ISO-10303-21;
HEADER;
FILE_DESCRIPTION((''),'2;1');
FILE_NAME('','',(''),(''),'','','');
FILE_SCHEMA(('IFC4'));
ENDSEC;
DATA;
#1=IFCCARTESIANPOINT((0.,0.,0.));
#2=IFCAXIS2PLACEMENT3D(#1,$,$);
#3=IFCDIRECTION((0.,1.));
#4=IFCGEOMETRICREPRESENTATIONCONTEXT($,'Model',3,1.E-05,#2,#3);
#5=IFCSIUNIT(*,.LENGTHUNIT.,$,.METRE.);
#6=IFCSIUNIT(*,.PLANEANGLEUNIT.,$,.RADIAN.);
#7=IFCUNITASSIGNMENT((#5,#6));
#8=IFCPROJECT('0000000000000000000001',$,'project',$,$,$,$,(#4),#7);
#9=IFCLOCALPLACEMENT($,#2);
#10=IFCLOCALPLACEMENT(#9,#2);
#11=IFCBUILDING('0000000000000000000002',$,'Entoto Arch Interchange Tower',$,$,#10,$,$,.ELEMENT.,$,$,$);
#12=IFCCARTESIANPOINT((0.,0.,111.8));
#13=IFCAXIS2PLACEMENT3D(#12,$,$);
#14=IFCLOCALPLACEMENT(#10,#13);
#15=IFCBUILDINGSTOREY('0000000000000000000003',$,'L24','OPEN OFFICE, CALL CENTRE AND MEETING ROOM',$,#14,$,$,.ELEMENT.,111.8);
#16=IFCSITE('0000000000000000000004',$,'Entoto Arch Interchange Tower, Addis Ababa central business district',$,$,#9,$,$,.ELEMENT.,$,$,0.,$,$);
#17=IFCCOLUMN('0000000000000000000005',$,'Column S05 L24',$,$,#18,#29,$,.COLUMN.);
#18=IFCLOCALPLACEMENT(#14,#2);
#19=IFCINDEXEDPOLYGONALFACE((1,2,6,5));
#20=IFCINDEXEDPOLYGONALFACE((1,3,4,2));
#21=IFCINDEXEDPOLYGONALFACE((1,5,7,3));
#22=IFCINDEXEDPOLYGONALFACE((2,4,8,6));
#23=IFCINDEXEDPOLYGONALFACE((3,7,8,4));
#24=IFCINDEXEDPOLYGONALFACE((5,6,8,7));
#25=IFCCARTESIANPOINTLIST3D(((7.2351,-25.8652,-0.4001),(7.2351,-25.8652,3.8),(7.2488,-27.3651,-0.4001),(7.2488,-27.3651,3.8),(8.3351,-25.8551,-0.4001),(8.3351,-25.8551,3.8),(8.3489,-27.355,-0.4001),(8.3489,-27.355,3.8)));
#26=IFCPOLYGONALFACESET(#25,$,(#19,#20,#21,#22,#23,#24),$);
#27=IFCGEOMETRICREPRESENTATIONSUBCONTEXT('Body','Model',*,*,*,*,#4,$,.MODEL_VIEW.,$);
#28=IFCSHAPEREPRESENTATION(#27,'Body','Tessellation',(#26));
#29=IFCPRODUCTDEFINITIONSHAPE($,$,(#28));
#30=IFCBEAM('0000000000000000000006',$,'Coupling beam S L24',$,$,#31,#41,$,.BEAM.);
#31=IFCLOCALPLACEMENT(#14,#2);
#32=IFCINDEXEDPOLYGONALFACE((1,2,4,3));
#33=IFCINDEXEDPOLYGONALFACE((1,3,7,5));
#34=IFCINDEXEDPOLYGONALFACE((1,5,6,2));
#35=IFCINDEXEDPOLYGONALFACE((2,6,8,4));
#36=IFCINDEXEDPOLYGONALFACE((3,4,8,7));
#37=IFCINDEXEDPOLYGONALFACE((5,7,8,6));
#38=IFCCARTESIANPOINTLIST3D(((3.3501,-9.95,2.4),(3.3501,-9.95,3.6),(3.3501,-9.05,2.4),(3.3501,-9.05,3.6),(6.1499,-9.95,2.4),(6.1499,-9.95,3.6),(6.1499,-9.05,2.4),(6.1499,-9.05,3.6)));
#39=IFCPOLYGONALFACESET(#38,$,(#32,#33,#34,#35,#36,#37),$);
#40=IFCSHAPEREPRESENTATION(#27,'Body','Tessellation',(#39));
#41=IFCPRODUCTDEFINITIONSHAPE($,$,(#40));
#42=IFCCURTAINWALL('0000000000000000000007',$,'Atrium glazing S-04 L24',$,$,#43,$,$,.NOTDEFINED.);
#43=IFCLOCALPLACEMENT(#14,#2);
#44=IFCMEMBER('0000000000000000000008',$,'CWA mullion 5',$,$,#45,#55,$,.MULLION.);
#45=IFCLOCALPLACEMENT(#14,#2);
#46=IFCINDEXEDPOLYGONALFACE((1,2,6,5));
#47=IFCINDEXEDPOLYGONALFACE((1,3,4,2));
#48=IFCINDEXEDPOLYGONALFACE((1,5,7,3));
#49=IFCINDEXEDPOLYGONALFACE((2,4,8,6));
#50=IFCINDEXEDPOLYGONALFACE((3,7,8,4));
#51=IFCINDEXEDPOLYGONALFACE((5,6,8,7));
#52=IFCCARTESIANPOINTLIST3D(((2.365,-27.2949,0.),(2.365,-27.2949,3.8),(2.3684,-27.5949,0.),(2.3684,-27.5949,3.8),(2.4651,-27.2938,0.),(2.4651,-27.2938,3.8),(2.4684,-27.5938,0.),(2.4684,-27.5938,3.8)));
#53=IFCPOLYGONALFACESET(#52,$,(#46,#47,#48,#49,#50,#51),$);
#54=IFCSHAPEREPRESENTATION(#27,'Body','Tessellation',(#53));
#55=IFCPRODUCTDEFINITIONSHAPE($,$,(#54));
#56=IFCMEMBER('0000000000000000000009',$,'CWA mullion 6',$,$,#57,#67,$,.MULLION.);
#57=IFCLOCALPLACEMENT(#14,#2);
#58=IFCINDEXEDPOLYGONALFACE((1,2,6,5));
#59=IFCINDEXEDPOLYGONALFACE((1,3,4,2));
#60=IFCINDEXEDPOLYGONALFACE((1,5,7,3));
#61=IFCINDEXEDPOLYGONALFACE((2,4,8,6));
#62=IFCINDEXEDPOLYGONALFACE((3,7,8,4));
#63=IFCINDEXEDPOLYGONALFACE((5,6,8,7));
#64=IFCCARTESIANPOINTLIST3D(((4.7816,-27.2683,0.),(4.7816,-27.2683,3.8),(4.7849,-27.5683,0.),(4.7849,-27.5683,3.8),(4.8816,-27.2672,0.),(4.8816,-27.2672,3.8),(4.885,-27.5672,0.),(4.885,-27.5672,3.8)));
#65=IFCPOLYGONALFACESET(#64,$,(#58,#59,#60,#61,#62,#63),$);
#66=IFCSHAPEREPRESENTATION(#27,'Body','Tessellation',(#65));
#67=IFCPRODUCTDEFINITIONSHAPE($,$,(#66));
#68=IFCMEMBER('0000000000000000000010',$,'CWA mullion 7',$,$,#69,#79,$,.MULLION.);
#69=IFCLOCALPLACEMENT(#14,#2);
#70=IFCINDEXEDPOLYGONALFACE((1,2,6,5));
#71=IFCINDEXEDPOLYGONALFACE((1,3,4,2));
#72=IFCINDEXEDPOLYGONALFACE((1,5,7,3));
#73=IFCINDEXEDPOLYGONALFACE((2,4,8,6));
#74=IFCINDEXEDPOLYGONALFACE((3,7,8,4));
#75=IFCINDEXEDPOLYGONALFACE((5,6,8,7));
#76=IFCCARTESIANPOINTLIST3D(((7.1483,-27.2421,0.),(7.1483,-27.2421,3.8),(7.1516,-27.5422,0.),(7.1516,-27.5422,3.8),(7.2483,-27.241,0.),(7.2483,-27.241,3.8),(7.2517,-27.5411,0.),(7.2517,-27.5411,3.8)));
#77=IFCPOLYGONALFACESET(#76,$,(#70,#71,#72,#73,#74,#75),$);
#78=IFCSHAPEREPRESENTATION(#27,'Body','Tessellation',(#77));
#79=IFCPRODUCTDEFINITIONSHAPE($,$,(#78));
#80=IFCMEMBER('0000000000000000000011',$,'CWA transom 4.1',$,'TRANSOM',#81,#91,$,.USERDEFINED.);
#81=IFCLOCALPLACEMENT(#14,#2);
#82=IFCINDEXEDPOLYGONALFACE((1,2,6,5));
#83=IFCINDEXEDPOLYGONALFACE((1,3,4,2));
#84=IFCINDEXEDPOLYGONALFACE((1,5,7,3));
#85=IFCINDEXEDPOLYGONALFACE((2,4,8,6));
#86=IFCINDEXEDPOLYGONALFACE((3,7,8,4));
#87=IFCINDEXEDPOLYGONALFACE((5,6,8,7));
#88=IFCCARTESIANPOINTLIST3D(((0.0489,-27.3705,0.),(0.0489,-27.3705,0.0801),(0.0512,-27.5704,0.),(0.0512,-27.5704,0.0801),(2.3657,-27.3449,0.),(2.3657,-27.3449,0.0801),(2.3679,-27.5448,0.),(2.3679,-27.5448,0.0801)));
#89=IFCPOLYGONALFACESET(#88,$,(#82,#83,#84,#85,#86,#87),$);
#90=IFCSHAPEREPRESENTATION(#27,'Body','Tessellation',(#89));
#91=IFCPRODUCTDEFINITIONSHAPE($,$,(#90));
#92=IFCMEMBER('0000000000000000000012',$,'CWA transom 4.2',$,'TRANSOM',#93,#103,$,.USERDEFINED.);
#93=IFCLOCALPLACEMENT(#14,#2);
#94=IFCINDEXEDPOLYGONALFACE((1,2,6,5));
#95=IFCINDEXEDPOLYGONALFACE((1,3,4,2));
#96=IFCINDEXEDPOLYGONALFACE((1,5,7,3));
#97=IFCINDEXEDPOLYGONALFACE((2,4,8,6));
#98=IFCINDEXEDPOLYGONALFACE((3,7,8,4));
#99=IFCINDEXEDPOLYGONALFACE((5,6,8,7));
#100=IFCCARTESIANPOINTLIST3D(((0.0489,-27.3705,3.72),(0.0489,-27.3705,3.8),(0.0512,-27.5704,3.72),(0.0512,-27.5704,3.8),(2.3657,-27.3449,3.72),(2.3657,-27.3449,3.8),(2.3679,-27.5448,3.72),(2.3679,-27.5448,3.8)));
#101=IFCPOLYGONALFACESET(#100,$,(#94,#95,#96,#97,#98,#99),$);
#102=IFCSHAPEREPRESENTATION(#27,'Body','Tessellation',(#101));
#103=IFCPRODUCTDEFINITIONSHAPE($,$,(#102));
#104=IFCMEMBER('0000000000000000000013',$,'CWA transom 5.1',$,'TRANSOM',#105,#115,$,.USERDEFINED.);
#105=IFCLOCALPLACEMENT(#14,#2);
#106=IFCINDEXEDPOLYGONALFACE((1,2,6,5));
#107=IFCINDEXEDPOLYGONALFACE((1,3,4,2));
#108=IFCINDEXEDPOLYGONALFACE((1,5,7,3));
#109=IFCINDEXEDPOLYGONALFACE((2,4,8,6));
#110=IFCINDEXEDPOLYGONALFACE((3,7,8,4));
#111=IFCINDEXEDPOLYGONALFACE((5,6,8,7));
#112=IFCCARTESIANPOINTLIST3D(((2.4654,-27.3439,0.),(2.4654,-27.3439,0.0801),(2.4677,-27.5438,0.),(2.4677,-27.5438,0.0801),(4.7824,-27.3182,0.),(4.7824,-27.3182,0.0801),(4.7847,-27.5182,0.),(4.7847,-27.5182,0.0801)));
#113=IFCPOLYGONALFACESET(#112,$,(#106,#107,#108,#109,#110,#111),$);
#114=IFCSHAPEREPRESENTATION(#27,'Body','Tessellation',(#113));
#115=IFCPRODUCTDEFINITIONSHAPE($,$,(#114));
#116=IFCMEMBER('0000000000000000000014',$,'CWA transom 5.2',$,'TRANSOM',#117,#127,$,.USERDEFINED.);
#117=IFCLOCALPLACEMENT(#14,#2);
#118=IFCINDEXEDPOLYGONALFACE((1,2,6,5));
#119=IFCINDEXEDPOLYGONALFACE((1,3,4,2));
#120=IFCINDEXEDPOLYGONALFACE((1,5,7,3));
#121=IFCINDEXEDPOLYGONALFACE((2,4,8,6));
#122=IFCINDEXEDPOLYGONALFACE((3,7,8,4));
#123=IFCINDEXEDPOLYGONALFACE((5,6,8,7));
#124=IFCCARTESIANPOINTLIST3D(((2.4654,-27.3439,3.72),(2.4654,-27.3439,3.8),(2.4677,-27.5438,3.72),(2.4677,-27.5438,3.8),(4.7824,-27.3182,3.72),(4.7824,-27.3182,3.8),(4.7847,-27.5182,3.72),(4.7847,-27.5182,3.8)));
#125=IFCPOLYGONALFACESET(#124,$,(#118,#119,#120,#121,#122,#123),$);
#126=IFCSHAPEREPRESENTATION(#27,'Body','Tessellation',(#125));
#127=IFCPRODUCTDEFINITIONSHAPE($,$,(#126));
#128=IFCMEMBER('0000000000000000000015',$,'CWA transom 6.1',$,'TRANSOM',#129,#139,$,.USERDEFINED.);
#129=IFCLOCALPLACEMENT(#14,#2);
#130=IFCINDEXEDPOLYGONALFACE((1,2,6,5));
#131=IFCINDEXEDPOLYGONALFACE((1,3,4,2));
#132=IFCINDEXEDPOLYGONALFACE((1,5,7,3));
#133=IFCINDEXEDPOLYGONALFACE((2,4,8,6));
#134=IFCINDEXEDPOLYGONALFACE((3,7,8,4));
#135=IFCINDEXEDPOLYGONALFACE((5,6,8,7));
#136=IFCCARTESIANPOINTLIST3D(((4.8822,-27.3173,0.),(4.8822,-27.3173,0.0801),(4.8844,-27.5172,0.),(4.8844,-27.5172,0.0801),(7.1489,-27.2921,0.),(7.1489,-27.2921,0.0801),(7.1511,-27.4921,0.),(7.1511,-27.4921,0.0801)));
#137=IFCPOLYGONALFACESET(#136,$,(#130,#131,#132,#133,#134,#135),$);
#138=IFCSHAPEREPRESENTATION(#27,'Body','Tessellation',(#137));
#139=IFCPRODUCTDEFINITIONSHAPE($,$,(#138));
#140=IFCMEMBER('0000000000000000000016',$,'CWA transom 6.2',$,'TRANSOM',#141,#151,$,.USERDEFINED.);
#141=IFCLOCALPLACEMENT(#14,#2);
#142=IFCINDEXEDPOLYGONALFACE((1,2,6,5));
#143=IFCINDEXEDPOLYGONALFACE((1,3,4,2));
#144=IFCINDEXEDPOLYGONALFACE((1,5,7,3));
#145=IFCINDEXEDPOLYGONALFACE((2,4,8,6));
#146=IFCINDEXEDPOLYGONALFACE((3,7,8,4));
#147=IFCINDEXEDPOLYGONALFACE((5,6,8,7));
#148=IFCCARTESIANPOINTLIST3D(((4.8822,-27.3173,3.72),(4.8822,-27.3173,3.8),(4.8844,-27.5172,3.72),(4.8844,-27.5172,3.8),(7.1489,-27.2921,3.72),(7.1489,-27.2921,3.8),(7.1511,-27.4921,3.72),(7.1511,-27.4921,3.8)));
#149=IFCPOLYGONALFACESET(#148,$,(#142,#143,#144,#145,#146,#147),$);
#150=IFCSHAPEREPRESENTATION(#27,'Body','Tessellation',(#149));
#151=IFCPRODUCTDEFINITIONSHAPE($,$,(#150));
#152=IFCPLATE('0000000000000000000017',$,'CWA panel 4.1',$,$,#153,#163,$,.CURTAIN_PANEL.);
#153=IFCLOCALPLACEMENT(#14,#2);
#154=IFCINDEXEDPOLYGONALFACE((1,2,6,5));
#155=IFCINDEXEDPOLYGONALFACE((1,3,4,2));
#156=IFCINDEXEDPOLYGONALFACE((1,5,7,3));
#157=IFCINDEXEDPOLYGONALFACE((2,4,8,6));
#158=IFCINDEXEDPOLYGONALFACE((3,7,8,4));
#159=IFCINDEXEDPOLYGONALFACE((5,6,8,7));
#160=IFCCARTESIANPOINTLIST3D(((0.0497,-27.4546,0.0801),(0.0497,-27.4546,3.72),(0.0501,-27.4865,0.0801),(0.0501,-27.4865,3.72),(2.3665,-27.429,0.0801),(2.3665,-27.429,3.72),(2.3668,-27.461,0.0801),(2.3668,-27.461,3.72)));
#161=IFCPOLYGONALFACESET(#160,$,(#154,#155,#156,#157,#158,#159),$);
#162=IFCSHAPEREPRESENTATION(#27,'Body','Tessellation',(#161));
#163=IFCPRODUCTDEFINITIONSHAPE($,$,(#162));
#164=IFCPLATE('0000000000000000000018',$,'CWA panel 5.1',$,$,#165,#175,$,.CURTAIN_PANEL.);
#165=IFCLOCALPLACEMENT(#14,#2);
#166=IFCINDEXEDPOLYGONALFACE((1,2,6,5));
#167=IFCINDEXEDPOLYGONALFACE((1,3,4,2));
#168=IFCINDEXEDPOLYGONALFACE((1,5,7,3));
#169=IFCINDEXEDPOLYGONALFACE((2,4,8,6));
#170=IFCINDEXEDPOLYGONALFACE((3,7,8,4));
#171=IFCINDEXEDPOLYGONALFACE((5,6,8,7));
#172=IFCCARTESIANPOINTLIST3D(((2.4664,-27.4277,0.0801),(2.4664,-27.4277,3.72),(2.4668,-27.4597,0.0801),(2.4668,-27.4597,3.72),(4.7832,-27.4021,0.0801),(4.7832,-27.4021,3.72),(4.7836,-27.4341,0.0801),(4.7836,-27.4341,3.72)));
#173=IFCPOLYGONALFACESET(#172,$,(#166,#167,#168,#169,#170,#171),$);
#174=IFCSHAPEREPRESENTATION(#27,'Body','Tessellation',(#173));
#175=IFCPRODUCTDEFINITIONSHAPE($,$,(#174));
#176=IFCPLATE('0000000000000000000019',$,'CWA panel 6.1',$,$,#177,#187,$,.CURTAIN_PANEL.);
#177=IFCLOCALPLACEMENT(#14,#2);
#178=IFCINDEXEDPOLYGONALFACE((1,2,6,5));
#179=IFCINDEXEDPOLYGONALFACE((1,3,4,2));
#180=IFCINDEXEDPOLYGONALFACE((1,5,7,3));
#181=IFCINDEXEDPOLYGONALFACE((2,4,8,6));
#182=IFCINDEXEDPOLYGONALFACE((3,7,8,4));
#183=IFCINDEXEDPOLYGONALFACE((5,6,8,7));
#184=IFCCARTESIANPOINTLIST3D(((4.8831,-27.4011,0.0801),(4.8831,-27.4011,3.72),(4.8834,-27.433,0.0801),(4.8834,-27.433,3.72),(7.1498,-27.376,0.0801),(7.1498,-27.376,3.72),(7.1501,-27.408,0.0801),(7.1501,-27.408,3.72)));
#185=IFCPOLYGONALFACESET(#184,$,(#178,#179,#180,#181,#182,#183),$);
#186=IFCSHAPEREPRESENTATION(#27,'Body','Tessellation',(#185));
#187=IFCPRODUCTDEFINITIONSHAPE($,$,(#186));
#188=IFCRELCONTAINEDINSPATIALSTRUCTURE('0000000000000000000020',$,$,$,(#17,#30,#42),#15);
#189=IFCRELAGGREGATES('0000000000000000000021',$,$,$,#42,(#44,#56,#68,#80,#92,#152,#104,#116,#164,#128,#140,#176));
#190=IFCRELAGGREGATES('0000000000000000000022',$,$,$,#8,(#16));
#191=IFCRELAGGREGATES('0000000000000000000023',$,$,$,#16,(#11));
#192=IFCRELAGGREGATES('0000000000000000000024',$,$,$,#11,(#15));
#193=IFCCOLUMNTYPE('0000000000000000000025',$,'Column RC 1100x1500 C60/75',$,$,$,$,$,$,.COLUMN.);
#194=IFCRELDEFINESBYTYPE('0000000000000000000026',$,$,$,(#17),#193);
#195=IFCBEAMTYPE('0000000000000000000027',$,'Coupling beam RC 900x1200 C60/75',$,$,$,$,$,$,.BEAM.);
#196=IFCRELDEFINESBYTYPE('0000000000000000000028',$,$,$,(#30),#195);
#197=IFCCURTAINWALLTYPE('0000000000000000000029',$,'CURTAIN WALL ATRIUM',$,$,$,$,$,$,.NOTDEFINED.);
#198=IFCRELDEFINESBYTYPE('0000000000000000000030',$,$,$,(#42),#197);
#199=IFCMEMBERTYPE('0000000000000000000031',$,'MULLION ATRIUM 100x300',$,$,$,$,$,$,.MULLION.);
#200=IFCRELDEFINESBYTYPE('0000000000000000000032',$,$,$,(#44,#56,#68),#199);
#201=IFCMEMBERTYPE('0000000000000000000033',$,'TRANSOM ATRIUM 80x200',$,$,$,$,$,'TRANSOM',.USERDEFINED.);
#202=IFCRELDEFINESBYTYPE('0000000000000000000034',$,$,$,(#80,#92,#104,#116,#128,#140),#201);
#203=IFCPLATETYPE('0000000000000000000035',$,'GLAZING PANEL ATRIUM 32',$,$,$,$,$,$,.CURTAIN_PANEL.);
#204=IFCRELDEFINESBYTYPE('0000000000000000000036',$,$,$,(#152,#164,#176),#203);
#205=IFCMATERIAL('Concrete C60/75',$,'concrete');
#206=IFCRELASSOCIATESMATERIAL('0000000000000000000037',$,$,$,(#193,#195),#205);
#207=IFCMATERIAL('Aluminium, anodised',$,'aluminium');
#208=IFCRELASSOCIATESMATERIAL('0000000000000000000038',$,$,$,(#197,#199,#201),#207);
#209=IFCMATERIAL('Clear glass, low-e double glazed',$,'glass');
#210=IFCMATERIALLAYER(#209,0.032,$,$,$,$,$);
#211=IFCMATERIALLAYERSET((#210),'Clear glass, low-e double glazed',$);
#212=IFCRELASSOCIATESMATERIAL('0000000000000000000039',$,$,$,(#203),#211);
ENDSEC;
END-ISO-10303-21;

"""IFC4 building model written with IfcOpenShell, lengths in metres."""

from ifc_helpers import new_model, si_unit, direction, frame, origin, origin_2d, place, context, subcontext, project, spatial, rectangle, extrude, material, layer, layer_set, material_profile, profile_set, type_object, element, aggregate, save


model = new_model("IFC4")

# Units and contexts
model_context = context("Model", 3, precision=1e-05, world=origin(), true_north=direction((0.0, 1.0)))
body_context = subcontext(model_context, "Body", "Model", "MODEL_VIEW")
ifc_project = project(units=[si_unit("LENGTHUNIT", "METRE"), si_unit("PLANEANGLEUNIT", "RADIAN")], contexts=[model_context])

# Site, building, storey
site_placement = place(None, origin())
site = spatial("IfcSite", under=ifc_project, at=site_placement, Name="Entoto Arch Interchange Tower, Addis Ababa central business district", CompositionType="ELEMENT", RefElevation=0.0)
building_placement = place(site_placement, origin())
building = spatial("IfcBuilding", under=site, at=building_placement, Name="Entoto Arch Interchange Tower", CompositionType="ELEMENT")
storey_placement = place(building_placement, frame((0.0, 0.0, 111.8)))
storey = spatial("IfcBuildingStorey", under=building, at=storey_placement, Name="L24", Description="OPEN OFFICE, CALL CENTRE AND MEETING ROOM", CompositionType="ELEMENT", Elevation=111.8)

# Column
ifc_material_1 = material(Name="Concrete C60/75", Category="concrete")
ifc_material_profile_1 = material_profile(ifc_material_1, rectangle(XDim=1.1001, YDim=1.5, at=origin_2d()))
ifc_profile_set_1 = profile_set([ifc_material_profile_1], Name="Concrete C60/75")
column_type = type_object("IfcColumnType", Name="Column RC 1100x1500 C60/75", PredefinedType="COLUMN", material=ifc_profile_set_1)
column_placement = place(storey_placement, frame((7.792, -26.6101, -0.4001), z_axis=(0.0, 0.0, 1.0), x_axis=(0.999958, 0.009163, 0.0)))
element("IfcColumn", 1, at=column_placement, inside=storey, type_object=column_type, Name="Column S05 L24", PredefinedType="COLUMN", context=body_context, shape_type="SweptSolid", body=[
    extrude(rectangle(XDim=1.1001, YDim=1.5, at=origin_2d()), origin(), (0.0, 0.0, 1.0), 4.2002),
])

# Beam
ifc_material_profile_2 = material_profile(ifc_material_1, rectangle(XDim=0.8999, YDim=1.2, at=origin_2d()))
ifc_profile_set_2 = profile_set([ifc_material_profile_2], Name="Concrete C60/75")
beam_type = type_object("IfcBeamType", Name="Coupling beam RC 900x1200 C60/75", PredefinedType="BEAM", material=ifc_profile_set_2)
beam_placement = place(storey_placement, frame((3.3501, -9.5, 3.0), z_axis=(1.0, 0.0, 0.0), x_axis=(0.0, 1.0, 0.0)))
element("IfcBeam", 2, at=beam_placement, inside=storey, type_object=beam_type, Name="Coupling beam S L24", PredefinedType="BEAM", context=body_context, shape_type="SweptSolid", body=[
    extrude(rectangle(XDim=0.8999, YDim=1.2, at=origin_2d()), origin(), (0.0, 0.0, 1.0), 2.7998),
])

# Curtain wall, members, plates
ifc_material_2 = material(Name="Aluminium, anodised", Category="aluminium")
curtain_wall_type = type_object("IfcCurtainWallType", Name="CURTAIN WALL ATRIUM", PredefinedType="NOTDEFINED", material=ifc_material_2)
curtain_wall_placement = place(storey_placement, origin())
curtain_wall = element("IfcCurtainWall", 3, at=curtain_wall_placement, inside=storey, type_object=curtain_wall_type, Name="Atrium glazing S-04 L24", PredefinedType="NOTDEFINED")
ifc_material_profile_3 = material_profile(ifc_material_2, rectangle(XDim=0.3, YDim=0.1001, at=origin_2d()))
ifc_profile_set_3 = profile_set([ifc_material_profile_3], Name="Aluminium, anodised")
member_type_1 = type_object("IfcMemberType", Name="MULLION ATRIUM 100x300", PredefinedType="MULLION", material=ifc_profile_set_3)
member_1_placement = place(storey_placement, frame((2.4167, -27.4443, 0.0), z_axis=(0.0, 0.0, 1.0), x_axis=(-0.011034, 0.999939, 0.0)))
member_1 = element("IfcMember", 4, at=member_1_placement, type_object=member_type_1, Name="CWA mullion 5", PredefinedType="MULLION", context=body_context, shape_type="SweptSolid", body=[
    extrude(rectangle(XDim=0.3, YDim=0.1001, at=origin_2d()), origin(), (0.0, 0.0, 1.0), 3.8),
])
member_2_placement = place(storey_placement, frame((4.8333, -27.4177, 0.0), z_axis=(0.0, 0.0, 1.0), x_axis=(-0.011034, 0.999939, 0.0)))
member_2 = element("IfcMember", 5, at=member_2_placement, type_object=member_type_1, Name="CWA mullion 6", PredefinedType="MULLION", context=body_context, shape_type="SweptSolid", body=[
    extrude(rectangle(XDim=0.3, YDim=0.1001, at=origin_2d()), origin(), (0.0, 0.0, 1.0), 3.8),
])
member_3_placement = place(storey_placement, frame((7.2, -27.3916, 0.0), z_axis=(0.0, 0.0, 1.0), x_axis=(-0.011034, 0.999939, 0.0)))
member_3 = element("IfcMember", 6, at=member_3_placement, type_object=member_type_1, Name="CWA mullion 7", PredefinedType="MULLION", context=body_context, shape_type="SweptSolid", body=[
    extrude(rectangle(XDim=0.3, YDim=0.1001, at=origin_2d()), origin(), (0.0, 0.0, 1.0), 3.8),
])
ifc_material_profile_4 = material_profile(ifc_material_2, rectangle(XDim=0.2, YDim=0.0801, at=origin_2d()))
ifc_profile_set_4 = profile_set([ifc_material_profile_4], Name="Aluminium, anodised")
member_type_2 = type_object("IfcMemberType", Name="TRANSOM ATRIUM 80x200", ElementType="TRANSOM", PredefinedType="USERDEFINED", material=ifc_profile_set_4)
member_4_placement = place(storey_placement, frame((0.05, -27.4705, 0.04), z_axis=(0.999939, 0.011065, 0.0), x_axis=(-0.011065, 0.999939, 0.0)))
member_4 = element("IfcMember", 7, at=member_4_placement, type_object=member_type_2, Name="CWA transom 4.1", ObjectType="TRANSOM", PredefinedType="USERDEFINED", context=body_context, shape_type="SweptSolid", body=[
    extrude(rectangle(XDim=0.2, YDim=0.0801, at=origin_2d()), origin(), (0.0, 0.0, 1.0), 2.3169),
])
member_5_placement = place(storey_placement, frame((0.05, -27.4705, 3.76), z_axis=(0.999939, 0.011065, 0.0), x_axis=(-0.011065, 0.999939, 0.0)))
member_5 = element("IfcMember", 8, at=member_5_placement, type_object=member_type_2, Name="CWA transom 4.2", ObjectType="TRANSOM", PredefinedType="USERDEFINED", context=body_context, shape_type="SweptSolid", body=[
    extrude(rectangle(XDim=0.2, YDim=0.0801, at=origin_2d()), origin(), (0.0, 0.0, 1.0), 2.3169),
])
member_6_placement = place(storey_placement, frame((2.4666, -27.4438, 0.04), z_axis=(0.999939, 0.011064, 0.0), x_axis=(-0.011064, 0.999939, 0.0)))
member_6 = element("IfcMember", 9, at=member_6_placement, type_object=member_type_2, Name="CWA transom 5.1", ObjectType="TRANSOM", PredefinedType="USERDEFINED", context=body_context, shape_type="SweptSolid", body=[
    extrude(rectangle(XDim=0.2, YDim=0.0801, at=origin_2d()), origin(), (0.0, 0.0, 1.0), 2.3171),
])
member_7_placement = place(storey_placement, frame((2.4666, -27.4438, 3.76), z_axis=(0.999939, 0.011064, 0.0), x_axis=(-0.011064, 0.999939, 0.0)))
member_7 = element("IfcMember", 10, at=member_7_placement, type_object=member_type_2, Name="CWA transom 5.2", ObjectType="TRANSOM", PredefinedType="USERDEFINED", context=body_context, shape_type="SweptSolid", body=[
    extrude(rectangle(XDim=0.2, YDim=0.0801, at=origin_2d()), origin(), (0.0, 0.0, 1.0), 2.3171),
])
member_8_placement = place(storey_placement, frame((4.8833, -27.4172, 0.04), z_axis=(0.999938, 0.011094, 0.0), x_axis=(-0.011094, 0.999938, 0.0)))
member_8 = element("IfcMember", 11, at=member_8_placement, type_object=member_type_2, Name="CWA transom 6.1", ObjectType="TRANSOM", PredefinedType="USERDEFINED", context=body_context, shape_type="SweptSolid", body=[
    extrude(rectangle(XDim=0.2, YDim=0.0801, at=origin_2d()), origin(), (0.0, 0.0, 1.0), 2.2668),
])
member_9_placement = place(storey_placement, frame((4.8833, -27.4172, 3.76), z_axis=(0.999938, 0.011094, 0.0), x_axis=(-0.011094, 0.999938, 0.0)))
member_9 = element("IfcMember", 12, at=member_9_placement, type_object=member_type_2, Name="CWA transom 6.2", ObjectType="TRANSOM", PredefinedType="USERDEFINED", context=body_context, shape_type="SweptSolid", body=[
    extrude(rectangle(XDim=0.2, YDim=0.0801, at=origin_2d()), origin(), (0.0, 0.0, 1.0), 2.2668),
])
ifc_material_3 = material(Name="Clear glass, low-e double glazed", Category="glass")
ifc_layer_1 = layer(ifc_material_3, 0.032)
ifc_layer_set_1 = layer_set([ifc_layer_1], Name="Clear glass, low-e double glazed")
plate_type = type_object("IfcPlateType", Name="GLAZING PANEL ATRIUM 32", PredefinedType="CURTAIN_PANEL", material=ifc_layer_set_1)
plate_1_placement = place(storey_placement, frame((1.2083, -27.4578, 0.0801), z_axis=(0.0, 0.0, 1.0), x_axis=(0.999939, 0.011034, 0.0)))
plate_1 = element("IfcPlate", 13, at=plate_1_placement, type_object=plate_type, Name="CWA panel 4.1", PredefinedType="CURTAIN_PANEL", context=body_context, shape_type="SweptSolid", body=[
    extrude(rectangle(XDim=2.3169, YDim=0.032, at=origin_2d()), origin(), (0.0, 0.0, 1.0), 3.6399),
])
plate_2_placement = place(storey_placement, frame((3.625, -27.4309, 0.0801), z_axis=(0.0, 0.0, 1.0), x_axis=(0.999939, 0.011034, 0.0)))
plate_2 = element("IfcPlate", 14, at=plate_2_placement, type_object=plate_type, Name="CWA panel 5.1", PredefinedType="CURTAIN_PANEL", context=body_context, shape_type="SweptSolid", body=[
    extrude(rectangle(XDim=2.3169, YDim=0.032, at=origin_2d()), origin(), (0.0, 0.0, 1.0), 3.6399),
])
plate_3_placement = place(storey_placement, frame((6.0166, -27.4045, 0.0801), z_axis=(0.0, 0.0, 1.0), x_axis=(0.999939, 0.011034, 0.0)))
plate_3 = element("IfcPlate", 15, at=plate_3_placement, type_object=plate_type, Name="CWA panel 6.1", PredefinedType="CURTAIN_PANEL", context=body_context, shape_type="SweptSolid", body=[
    extrude(rectangle(XDim=2.2668, YDim=0.032, at=origin_2d()), origin(), (0.0, 0.0, 1.0), 3.6399),
])
aggregate(curtain_wall, [member_1, member_2, member_3, member_4, member_5, plate_1, member_6, member_7, plate_2, member_8, member_9, plate_3])

save(model, "model.ifc")
